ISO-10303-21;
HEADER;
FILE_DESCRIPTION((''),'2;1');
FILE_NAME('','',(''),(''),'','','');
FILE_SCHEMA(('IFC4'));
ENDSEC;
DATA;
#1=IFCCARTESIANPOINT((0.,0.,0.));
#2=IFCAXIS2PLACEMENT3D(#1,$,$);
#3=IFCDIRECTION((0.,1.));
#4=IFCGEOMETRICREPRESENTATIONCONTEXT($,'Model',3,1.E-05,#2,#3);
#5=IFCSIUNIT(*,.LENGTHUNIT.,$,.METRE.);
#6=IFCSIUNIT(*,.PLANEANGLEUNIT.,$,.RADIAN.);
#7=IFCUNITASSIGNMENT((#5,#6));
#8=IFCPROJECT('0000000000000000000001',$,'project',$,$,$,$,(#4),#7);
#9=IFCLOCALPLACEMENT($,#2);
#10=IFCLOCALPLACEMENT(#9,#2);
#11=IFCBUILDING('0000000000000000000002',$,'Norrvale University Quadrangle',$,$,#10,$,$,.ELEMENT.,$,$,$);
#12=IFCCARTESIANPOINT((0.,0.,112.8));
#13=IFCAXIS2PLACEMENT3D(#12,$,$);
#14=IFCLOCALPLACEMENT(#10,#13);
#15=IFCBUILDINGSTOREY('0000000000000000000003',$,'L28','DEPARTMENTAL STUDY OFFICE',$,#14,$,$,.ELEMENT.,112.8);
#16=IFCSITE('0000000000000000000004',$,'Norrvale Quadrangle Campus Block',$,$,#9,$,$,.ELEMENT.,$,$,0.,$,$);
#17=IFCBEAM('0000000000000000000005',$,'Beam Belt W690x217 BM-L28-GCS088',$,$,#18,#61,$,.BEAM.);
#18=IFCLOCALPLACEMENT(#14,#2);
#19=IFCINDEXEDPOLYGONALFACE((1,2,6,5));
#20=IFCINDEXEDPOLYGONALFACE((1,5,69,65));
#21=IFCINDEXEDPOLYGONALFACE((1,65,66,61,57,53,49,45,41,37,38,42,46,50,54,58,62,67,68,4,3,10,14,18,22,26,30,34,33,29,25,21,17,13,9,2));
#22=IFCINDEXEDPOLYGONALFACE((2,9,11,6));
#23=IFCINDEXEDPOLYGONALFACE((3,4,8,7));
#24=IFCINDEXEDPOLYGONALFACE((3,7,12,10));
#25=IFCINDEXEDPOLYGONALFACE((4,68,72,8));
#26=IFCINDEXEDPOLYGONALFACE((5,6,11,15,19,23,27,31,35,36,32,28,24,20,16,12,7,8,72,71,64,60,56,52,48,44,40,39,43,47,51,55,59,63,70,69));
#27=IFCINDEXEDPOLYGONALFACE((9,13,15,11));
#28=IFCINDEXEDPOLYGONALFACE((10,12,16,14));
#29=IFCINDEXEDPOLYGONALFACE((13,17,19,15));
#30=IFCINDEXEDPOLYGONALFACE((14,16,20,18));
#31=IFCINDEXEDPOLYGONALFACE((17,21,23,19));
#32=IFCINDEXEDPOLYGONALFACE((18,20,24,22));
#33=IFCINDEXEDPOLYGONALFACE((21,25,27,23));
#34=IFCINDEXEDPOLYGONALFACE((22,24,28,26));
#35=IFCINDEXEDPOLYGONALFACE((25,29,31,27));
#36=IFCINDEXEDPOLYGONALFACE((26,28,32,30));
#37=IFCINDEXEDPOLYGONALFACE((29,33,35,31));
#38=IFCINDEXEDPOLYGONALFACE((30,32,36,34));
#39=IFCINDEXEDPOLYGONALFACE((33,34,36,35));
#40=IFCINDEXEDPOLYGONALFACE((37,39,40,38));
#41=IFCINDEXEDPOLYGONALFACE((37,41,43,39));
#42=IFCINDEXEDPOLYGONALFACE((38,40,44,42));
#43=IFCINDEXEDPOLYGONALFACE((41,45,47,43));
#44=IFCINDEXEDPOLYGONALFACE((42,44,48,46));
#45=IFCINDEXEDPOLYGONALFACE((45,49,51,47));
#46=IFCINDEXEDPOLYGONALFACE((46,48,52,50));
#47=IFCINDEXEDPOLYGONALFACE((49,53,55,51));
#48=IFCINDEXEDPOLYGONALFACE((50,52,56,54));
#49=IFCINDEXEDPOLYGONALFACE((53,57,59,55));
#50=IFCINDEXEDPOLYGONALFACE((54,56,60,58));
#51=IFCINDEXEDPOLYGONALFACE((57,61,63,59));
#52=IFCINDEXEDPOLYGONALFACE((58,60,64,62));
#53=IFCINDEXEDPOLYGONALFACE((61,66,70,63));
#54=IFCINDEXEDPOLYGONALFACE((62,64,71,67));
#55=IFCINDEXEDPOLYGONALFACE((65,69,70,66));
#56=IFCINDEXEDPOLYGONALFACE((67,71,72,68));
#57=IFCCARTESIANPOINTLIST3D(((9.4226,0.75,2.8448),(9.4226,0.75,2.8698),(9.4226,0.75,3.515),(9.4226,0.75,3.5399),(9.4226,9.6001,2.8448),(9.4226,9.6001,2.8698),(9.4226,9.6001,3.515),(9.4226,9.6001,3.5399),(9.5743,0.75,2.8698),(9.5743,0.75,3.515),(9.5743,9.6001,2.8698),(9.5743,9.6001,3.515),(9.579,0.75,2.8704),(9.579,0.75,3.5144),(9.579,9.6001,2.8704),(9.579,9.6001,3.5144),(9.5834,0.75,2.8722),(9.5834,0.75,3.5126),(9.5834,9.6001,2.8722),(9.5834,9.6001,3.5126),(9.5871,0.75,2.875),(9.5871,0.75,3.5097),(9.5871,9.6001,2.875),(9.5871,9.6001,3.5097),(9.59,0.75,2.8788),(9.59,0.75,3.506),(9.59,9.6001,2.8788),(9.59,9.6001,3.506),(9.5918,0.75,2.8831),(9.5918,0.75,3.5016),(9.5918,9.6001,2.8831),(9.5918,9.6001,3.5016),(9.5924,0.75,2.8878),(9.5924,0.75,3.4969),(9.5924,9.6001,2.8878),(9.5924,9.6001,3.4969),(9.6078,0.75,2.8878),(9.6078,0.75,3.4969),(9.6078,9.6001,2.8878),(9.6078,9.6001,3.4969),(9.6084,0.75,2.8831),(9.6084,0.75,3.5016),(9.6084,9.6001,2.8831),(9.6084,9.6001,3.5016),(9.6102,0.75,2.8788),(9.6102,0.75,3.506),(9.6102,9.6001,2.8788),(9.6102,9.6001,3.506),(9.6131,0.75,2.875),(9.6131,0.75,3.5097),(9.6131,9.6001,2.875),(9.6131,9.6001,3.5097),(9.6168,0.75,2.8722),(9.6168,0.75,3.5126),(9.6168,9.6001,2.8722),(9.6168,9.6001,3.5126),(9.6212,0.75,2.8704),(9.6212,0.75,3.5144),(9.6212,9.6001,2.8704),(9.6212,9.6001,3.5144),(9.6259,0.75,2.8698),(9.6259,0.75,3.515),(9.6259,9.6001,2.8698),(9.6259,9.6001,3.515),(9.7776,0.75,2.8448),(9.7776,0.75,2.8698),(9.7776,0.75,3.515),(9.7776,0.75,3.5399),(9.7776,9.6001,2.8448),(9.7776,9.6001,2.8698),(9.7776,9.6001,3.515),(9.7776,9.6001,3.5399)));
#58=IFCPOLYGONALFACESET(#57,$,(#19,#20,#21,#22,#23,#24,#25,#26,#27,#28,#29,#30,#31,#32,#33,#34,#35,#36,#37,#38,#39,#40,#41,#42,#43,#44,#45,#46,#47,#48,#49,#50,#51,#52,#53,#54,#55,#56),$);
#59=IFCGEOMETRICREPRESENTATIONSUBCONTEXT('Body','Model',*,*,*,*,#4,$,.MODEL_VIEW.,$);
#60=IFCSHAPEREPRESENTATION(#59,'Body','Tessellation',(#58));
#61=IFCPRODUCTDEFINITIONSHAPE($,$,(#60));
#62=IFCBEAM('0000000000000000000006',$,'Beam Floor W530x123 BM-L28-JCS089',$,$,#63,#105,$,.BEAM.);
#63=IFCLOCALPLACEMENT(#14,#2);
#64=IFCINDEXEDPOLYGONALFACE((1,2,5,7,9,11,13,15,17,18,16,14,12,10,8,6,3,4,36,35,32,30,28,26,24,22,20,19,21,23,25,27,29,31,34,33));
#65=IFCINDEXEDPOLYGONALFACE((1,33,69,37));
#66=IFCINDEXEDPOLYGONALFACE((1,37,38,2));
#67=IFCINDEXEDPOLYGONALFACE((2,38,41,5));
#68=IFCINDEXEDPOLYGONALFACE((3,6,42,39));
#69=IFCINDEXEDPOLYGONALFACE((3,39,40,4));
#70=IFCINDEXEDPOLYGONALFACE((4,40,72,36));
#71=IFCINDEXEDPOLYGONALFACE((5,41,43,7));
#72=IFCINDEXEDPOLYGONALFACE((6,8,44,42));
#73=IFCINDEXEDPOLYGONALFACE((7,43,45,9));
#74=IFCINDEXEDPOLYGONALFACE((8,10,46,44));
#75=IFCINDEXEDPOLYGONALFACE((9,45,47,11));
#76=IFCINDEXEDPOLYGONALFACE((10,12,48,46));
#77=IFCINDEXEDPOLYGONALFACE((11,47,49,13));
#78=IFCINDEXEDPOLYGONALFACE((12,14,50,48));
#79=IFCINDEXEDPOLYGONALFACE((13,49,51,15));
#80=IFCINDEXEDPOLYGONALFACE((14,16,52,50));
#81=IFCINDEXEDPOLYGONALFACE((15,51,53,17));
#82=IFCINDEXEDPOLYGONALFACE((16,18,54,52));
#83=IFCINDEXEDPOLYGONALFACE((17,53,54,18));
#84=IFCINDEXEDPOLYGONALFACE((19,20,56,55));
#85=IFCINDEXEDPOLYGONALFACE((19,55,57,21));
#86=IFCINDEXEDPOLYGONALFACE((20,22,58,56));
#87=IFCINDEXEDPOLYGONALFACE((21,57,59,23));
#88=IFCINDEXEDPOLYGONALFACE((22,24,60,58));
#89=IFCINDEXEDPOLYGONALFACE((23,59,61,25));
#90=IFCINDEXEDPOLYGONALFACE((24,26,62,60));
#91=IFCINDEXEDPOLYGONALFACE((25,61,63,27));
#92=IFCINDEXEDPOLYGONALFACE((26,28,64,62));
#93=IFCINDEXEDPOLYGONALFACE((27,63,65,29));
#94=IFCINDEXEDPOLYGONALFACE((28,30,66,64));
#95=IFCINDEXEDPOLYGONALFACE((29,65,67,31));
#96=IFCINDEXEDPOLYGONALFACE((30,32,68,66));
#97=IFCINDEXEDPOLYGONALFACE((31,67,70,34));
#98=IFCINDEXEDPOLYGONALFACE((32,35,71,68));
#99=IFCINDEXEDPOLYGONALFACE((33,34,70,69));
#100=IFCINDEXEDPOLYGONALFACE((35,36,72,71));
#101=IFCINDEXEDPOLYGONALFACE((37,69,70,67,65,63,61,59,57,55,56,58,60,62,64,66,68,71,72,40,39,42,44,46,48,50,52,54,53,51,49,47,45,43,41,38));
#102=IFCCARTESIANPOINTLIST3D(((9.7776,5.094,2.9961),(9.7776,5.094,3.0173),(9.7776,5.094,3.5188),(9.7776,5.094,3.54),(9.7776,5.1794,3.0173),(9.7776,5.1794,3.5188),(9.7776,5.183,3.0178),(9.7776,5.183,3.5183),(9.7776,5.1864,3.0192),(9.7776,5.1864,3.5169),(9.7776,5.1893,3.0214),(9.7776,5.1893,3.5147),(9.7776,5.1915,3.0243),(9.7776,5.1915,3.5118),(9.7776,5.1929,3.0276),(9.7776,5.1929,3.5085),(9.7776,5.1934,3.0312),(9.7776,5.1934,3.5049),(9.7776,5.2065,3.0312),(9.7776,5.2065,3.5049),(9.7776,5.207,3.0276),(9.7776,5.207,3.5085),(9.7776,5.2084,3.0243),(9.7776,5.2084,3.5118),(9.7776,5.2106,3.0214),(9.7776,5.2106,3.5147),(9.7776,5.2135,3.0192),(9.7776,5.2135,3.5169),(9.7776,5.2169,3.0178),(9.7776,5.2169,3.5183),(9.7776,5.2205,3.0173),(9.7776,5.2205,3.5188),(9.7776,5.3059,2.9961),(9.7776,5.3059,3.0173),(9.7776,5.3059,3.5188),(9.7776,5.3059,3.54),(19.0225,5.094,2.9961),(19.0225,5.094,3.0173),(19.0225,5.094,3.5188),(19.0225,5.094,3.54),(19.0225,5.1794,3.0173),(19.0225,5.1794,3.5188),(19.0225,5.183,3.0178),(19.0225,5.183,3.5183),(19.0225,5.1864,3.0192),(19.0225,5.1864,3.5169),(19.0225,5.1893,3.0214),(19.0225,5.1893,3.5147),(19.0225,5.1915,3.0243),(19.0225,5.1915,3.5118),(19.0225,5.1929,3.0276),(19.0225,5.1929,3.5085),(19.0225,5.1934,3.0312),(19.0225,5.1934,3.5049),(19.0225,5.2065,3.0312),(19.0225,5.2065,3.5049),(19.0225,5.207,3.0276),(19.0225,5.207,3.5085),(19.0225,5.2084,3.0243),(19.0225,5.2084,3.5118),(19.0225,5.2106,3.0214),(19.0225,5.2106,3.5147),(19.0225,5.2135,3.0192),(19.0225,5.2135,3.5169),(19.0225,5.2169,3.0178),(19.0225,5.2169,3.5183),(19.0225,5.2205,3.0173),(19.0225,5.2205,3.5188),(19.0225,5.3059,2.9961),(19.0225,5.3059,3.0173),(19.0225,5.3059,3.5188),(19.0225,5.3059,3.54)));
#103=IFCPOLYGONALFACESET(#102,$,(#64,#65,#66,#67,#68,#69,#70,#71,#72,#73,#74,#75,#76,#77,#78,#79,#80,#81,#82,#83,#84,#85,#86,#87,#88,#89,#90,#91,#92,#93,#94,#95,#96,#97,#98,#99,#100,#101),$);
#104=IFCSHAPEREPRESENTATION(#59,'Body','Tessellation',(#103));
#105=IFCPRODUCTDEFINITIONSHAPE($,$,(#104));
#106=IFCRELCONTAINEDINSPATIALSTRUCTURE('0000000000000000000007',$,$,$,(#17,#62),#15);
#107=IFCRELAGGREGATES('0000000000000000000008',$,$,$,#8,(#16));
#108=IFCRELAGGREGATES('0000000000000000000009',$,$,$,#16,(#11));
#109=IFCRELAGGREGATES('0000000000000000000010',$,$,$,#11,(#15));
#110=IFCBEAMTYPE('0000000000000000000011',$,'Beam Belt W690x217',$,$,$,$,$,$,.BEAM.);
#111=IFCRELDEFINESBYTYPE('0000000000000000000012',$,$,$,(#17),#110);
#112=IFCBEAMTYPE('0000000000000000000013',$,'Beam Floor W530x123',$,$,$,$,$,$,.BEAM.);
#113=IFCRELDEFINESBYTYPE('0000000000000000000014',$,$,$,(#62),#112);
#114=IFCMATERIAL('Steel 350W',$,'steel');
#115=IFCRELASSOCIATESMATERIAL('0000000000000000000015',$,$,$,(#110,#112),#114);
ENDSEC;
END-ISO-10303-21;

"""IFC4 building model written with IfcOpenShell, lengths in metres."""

from ifc_helpers import new_model, si_unit, direction, frame, origin, origin_2d, place, context, subcontext, project, spatial, i_section, extrude, material, material_profile, profile_set, type_object, element, save


model = new_model("IFC4")

# Units and contexts
model_context = context("Model", 3, precision=1e-05, world=origin(), true_north=direction((0.0, 1.0)))
body_context = subcontext(model_context, "Body", "Model", "MODEL_VIEW")
ifc_project = project(units=[si_unit("LENGTHUNIT", "METRE"), si_unit("PLANEANGLEUNIT", "RADIAN")], contexts=[model_context])

# Site, building, storey
site_placement = place(None, origin())
site = spatial("IfcSite", under=ifc_project, at=site_placement, Name="Norrvale Quadrangle Campus Block", CompositionType="ELEMENT", RefElevation=0.0)
building_placement = place(site_placement, origin())
building = spatial("IfcBuilding", under=site, at=building_placement, Name="Norrvale University Quadrangle", CompositionType="ELEMENT")
storey_placement = place(building_placement, frame((0.0, 0.0, 112.8)))
storey = spatial("IfcBuildingStorey", under=building, at=storey_placement, Name="L28", Description="DEPARTMENTAL STUDY OFFICE", CompositionType="ELEMENT", Elevation=112.8)

# Beams
ifc_material_1 = material(Name="Steel 350W", Category="steel")
ifc_material_profile_1 = material_profile(ifc_material_1, i_section(OverallWidth=0.355, OverallDepth=0.6951, WebThickness=0.0154, FlangeThickness=0.0249, FilletRadius=0.0181, at=origin_2d()), Name="Steel 350W")
ifc_profile_set_1 = profile_set([ifc_material_profile_1], Name="Steel 350W")
beam_type_1 = type_object("IfcBeamType", Name="Beam Belt W690x217", PredefinedType="BEAM", material=ifc_profile_set_1)
beam_1_placement = place(storey_placement, frame((9.6001, 0.75, 3.1924), z_axis=(0.0, 1.0, 0.0), x_axis=(-1.0, 0.0, 0.0)))
element("IfcBeam", 1, at=beam_1_placement, inside=storey, type_object=beam_type_1, Name="Beam Belt W690x217 BM-L28-GCS088", PredefinedType="BEAM", context=body_context, shape_type="SweptSolid", body=[
    extrude(i_section(OverallWidth=0.355, OverallDepth=0.6951, WebThickness=0.0154, FlangeThickness=0.0249, FilletRadius=0.0181, at=origin_2d()), origin(), (0.0, 0.0, 1.0), 8.8501),
])
ifc_material_profile_2 = material_profile(ifc_material_1, i_section(OverallWidth=0.2119, OverallDepth=0.5439, WebThickness=0.0132, FlangeThickness=0.0212, FilletRadius=0.0139, at=origin_2d()), Name="Steel 350W")
ifc_profile_set_2 = profile_set([ifc_material_profile_2], Name="Steel 350W")
beam_type_2 = type_object("IfcBeamType", Name="Beam Floor W530x123", PredefinedType="BEAM", material=ifc_profile_set_2)
beam_2_placement = place(storey_placement, frame((9.7776, 5.2, 3.2681), z_axis=(1.0, 0.0, 0.0), x_axis=(0.0, 1.0, 0.0)))
element("IfcBeam", 2, at=beam_2_placement, inside=storey, type_object=beam_type_2, Name="Beam Floor W530x123 BM-L28-JCS089", PredefinedType="BEAM", context=body_context, shape_type="SweptSolid", body=[
    extrude(i_section(OverallWidth=0.2119, OverallDepth=0.5439, WebThickness=0.0132, FlangeThickness=0.0212, FilletRadius=0.0139, at=origin_2d()), origin(), (0.0, 0.0, 1.0), 9.2449),
])

save(model, "model.ifc")
